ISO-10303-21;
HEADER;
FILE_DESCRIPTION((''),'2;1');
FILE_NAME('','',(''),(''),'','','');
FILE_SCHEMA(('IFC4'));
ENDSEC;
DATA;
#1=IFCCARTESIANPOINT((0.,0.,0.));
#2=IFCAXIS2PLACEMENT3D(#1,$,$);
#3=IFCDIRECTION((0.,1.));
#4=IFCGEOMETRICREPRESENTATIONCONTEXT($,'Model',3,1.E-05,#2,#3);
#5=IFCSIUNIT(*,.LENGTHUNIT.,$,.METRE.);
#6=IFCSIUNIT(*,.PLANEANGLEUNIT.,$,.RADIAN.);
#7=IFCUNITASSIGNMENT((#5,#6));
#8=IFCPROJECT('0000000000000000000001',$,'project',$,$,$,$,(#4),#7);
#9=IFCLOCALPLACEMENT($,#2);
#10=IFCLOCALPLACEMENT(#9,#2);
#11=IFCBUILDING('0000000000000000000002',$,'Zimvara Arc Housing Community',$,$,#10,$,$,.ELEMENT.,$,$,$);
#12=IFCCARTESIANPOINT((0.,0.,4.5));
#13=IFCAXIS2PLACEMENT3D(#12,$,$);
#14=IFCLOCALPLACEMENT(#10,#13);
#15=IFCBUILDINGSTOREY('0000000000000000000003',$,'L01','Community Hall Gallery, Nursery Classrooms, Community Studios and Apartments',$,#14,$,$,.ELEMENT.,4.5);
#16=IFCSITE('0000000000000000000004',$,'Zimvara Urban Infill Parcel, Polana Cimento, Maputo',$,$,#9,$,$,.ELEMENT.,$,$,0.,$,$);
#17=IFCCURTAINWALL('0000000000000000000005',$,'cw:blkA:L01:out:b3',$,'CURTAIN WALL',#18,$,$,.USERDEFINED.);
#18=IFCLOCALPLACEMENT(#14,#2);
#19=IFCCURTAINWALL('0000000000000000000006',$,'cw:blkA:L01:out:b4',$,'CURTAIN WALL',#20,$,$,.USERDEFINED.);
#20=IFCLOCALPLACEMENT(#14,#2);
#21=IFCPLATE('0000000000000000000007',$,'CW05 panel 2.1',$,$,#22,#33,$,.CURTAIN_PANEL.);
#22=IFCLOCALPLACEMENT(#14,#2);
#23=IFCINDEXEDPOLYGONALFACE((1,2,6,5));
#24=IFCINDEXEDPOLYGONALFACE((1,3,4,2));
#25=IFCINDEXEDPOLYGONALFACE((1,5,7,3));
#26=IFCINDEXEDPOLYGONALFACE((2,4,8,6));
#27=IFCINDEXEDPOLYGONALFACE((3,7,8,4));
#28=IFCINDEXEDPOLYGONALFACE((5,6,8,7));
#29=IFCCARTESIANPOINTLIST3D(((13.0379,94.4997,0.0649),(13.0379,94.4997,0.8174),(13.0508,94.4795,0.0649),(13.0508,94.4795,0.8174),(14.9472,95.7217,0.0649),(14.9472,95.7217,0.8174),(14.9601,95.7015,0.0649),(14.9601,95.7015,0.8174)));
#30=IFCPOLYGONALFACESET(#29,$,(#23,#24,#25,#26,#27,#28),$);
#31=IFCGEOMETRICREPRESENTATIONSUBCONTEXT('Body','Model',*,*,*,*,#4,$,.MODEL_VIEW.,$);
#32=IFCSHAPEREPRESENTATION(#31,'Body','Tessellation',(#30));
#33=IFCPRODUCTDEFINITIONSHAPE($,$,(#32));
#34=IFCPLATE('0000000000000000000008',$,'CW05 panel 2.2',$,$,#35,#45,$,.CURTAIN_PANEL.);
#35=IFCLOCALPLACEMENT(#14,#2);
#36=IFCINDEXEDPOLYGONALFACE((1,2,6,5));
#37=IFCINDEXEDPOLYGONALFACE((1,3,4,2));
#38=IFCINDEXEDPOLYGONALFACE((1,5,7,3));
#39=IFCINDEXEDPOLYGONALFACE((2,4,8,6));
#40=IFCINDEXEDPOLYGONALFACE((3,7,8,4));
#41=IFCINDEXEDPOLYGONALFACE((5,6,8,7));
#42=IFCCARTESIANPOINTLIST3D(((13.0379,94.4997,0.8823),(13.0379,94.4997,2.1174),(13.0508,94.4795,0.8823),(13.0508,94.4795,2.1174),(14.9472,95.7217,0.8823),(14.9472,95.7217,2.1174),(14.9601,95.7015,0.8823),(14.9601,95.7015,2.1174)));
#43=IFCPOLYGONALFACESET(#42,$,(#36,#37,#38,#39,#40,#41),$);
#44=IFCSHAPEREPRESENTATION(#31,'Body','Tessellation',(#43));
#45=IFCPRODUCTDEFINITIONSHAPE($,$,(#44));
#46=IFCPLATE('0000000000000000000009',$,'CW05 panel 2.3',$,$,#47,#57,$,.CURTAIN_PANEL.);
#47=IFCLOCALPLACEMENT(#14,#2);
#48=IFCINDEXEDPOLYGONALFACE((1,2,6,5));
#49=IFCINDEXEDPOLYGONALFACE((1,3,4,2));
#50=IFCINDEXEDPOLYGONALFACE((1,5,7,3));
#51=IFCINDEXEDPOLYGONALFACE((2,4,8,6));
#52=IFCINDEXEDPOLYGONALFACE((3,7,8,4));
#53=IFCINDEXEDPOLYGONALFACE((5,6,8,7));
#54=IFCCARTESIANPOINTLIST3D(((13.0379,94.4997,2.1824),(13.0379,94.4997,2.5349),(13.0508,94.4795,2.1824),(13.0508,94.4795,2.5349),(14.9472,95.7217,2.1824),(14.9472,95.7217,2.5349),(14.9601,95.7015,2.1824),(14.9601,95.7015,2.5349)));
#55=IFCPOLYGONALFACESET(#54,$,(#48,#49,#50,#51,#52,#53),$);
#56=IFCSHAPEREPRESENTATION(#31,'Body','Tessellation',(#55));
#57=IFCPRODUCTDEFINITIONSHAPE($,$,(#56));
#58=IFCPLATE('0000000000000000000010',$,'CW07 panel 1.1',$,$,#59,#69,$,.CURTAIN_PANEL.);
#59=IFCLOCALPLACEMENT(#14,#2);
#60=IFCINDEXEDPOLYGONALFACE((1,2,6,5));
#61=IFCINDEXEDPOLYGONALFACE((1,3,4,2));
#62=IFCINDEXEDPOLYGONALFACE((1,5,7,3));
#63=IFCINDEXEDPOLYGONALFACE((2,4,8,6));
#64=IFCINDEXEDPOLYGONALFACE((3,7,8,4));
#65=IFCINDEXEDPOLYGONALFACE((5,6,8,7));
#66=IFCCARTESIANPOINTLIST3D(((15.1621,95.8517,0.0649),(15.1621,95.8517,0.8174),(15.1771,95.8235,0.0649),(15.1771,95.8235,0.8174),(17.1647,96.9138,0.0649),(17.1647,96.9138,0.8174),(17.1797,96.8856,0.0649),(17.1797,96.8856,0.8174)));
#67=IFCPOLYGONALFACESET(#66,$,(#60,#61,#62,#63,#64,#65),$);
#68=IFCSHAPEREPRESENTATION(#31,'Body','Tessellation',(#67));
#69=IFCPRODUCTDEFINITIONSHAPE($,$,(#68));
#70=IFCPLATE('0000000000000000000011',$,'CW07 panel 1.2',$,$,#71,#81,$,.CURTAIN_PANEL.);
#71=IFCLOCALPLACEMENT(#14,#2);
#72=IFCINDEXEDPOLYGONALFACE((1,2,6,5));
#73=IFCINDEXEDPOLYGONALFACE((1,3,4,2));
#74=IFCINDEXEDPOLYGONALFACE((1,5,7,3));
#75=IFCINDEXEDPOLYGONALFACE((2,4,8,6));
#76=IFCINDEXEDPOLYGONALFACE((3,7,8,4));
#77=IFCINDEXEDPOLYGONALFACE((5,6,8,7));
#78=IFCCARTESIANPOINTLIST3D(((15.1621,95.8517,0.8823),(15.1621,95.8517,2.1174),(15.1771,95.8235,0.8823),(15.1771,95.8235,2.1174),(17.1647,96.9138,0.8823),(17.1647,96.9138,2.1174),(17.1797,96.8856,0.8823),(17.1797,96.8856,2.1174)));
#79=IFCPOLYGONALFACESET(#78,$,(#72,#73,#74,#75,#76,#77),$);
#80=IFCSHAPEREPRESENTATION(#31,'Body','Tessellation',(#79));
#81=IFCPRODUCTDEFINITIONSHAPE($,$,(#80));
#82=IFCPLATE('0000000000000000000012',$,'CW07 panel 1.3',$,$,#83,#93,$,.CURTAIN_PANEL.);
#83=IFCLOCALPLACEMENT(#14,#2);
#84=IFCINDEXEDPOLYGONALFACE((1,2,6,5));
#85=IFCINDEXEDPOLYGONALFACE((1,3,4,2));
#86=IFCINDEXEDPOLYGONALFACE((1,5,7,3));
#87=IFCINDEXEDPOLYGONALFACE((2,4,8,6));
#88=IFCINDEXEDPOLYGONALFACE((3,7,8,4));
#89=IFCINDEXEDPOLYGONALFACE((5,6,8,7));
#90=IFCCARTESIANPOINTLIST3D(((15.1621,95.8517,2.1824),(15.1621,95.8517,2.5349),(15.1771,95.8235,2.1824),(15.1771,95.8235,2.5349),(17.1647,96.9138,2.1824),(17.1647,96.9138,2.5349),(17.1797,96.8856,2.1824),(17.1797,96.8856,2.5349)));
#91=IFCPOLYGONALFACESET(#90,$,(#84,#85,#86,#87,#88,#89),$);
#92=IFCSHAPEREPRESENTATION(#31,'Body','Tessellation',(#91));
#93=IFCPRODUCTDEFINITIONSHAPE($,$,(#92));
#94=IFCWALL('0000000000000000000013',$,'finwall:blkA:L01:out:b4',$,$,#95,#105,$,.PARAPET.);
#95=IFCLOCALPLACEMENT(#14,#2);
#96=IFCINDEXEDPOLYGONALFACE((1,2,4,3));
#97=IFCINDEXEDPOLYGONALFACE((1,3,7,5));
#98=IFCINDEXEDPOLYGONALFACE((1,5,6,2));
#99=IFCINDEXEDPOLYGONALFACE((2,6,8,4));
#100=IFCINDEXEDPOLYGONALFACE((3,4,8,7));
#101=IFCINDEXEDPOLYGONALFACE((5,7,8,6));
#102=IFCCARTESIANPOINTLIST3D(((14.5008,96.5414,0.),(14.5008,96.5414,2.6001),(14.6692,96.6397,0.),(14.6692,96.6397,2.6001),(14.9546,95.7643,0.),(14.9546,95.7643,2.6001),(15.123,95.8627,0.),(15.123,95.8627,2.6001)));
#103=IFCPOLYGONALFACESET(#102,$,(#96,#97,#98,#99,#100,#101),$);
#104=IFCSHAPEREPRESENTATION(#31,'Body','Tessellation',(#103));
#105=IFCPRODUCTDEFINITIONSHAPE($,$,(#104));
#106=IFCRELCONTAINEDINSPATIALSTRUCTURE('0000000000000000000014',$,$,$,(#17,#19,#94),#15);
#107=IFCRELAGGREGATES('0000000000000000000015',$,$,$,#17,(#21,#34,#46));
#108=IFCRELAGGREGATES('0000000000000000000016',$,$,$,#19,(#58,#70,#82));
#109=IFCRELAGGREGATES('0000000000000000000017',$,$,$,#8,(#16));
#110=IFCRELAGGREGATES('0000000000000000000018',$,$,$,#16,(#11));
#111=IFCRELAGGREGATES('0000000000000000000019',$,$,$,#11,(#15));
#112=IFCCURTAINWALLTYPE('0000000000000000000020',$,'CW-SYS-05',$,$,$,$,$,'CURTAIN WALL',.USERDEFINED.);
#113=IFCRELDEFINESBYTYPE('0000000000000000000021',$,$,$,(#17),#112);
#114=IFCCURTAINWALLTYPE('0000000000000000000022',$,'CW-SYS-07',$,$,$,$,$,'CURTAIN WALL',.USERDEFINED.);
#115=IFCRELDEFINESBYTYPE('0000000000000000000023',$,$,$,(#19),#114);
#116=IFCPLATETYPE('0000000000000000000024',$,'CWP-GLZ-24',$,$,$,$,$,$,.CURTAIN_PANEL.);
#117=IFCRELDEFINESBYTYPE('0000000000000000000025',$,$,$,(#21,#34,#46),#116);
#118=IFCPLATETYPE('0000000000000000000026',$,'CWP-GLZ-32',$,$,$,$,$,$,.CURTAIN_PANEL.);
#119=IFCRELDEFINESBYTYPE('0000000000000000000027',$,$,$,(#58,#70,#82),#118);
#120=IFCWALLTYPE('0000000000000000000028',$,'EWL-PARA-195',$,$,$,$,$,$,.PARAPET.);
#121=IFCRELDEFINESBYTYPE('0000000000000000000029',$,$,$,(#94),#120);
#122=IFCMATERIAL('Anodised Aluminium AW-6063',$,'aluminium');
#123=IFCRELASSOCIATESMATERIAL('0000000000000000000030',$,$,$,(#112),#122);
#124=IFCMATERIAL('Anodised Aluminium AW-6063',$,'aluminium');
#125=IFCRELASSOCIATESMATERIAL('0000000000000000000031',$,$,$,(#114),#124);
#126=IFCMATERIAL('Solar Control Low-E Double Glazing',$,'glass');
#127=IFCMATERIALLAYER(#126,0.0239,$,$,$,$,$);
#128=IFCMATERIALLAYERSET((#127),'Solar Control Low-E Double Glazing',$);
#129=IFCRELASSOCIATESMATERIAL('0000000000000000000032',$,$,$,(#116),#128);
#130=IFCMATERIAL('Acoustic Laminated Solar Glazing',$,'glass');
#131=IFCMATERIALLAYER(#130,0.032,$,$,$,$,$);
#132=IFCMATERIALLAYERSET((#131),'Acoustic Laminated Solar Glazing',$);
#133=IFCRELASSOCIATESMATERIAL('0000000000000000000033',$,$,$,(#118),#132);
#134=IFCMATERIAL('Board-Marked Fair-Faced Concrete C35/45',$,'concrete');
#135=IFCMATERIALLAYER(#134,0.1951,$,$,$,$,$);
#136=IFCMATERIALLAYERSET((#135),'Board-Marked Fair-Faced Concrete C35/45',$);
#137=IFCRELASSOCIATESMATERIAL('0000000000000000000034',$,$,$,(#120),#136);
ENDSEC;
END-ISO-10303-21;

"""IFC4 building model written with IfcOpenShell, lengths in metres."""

from ifc_helpers import new_model, si_unit, direction, frame, frame_2d, origin, origin_2d, place, context, subcontext, project, spatial, rectangle, extrude, material, layer, layer_set, type_object, element, aggregate, save


model = new_model("IFC4")

# Units and contexts
model_context = context("Model", 3, precision=1e-05, world=origin(), true_north=direction((0.0, 1.0)))
body_context = subcontext(model_context, "Body", "Model", "MODEL_VIEW")
ifc_project = project(units=[si_unit("LENGTHUNIT", "METRE"), si_unit("PLANEANGLEUNIT", "RADIAN")], contexts=[model_context])

# Site, building, storey
site_placement = place(None, origin())
site = spatial("IfcSite", under=ifc_project, at=site_placement, Name="Zimvara Urban Infill Parcel, Polana Cimento, Maputo", CompositionType="ELEMENT", RefElevation=0.0)
building_placement = place(site_placement, origin())
building = spatial("IfcBuilding", under=site, at=building_placement, Name="Zimvara Arc Housing Community", CompositionType="ELEMENT")
storey_placement = place(building_placement, frame((0.0, 0.0, 4.5)))
storey = spatial("IfcBuildingStorey", under=building, at=storey_placement, Name="L01", Description="Community Hall Gallery, Nursery Classrooms, Community Studios and Apartments", CompositionType="ELEMENT", Elevation=4.5)

# Curtain wall
ifc_material_1 = material(Name="Anodised Aluminium AW-6063", Category="aluminium")
curtain_wall_type_1 = type_object("IfcCurtainWallType", Name="CW-SYS-05", ElementType="CURTAIN WALL", PredefinedType="USERDEFINED", material=ifc_material_1)
curtain_wall_1_placement = place(storey_placement, origin())
curtain_wall_1 = element("IfcCurtainWall", 1, at=curtain_wall_1_placement, inside=storey, type_object=curtain_wall_type_1, Name="cw:blkA:L01:out:b3", ObjectType="CURTAIN WALL", PredefinedType="USERDEFINED")

# Curtain wall
ifc_material_2 = material(Name="Anodised Aluminium AW-6063", Category="aluminium")
curtain_wall_type_2 = type_object("IfcCurtainWallType", Name="CW-SYS-07", ElementType="CURTAIN WALL", PredefinedType="USERDEFINED", material=ifc_material_2)
curtain_wall_2_placement = place(storey_placement, origin())
curtain_wall_2 = element("IfcCurtainWall", 2, at=curtain_wall_2_placement, inside=storey, type_object=curtain_wall_type_2, Name="cw:blkA:L01:out:b4", ObjectType="CURTAIN WALL", PredefinedType="USERDEFINED")

# Plates
ifc_material_3 = material(Name="Solar Control Low-E Double Glazing", Category="glass")
ifc_layer_1 = layer(ifc_material_3, 0.0239)
ifc_layer_set_1 = layer_set([ifc_layer_1], Name="Solar Control Low-E Double Glazing")
plate_type_1 = type_object("IfcPlateType", Name="CWP-GLZ-24", PredefinedType="CURTAIN_PANEL", material=ifc_layer_set_1)
plate_1_placement = place(storey_placement, frame((13.999, 95.1006, 0.0649), z_axis=(0.0, 0.0, 1.0), x_axis=(0.842264, 0.539065, 0.0)))
plate_1 = element("IfcPlate", 3, at=plate_1_placement, type_object=plate_type_1, Name="CW05 panel 2.1", PredefinedType="CURTAIN_PANEL", context=body_context, shape_type="SweptSolid", body=[
    extrude(rectangle(XDim=2.2668, YDim=0.0239, at=origin_2d()), origin(), (0.0, 0.0, 1.0), 0.7524),
])
plate_2_placement = place(storey_placement, frame((13.999, 95.1006, 0.8823), z_axis=(0.0, 0.0, 1.0), x_axis=(0.842264, 0.539065, 0.0)))
plate_2 = element("IfcPlate", 4, at=plate_2_placement, type_object=plate_type_1, Name="CW05 panel 2.2", PredefinedType="CURTAIN_PANEL", context=body_context, shape_type="SweptSolid", body=[
    extrude(rectangle(XDim=2.2668, YDim=0.0239, at=origin_2d()), origin(), (0.0, 0.0, 1.0), 1.2351),
])
plate_3_placement = place(storey_placement, frame((13.999, 95.1006, 2.1824), z_axis=(0.0, 0.0, 1.0), x_axis=(0.842264, 0.539065, 0.0)))
plate_3 = element("IfcPlate", 5, at=plate_3_placement, type_object=plate_type_1, Name="CW05 panel 2.3", PredefinedType="CURTAIN_PANEL", context=body_context, shape_type="SweptSolid", body=[
    extrude(rectangle(XDim=2.2668, YDim=0.0239, at=origin_2d()), origin(), (0.0, 0.0, 1.0), 0.3525),
])
aggregate(curtain_wall_1, [plate_1, plate_2, plate_3])
ifc_material_4 = material(Name="Acoustic Laminated Solar Glazing", Category="glass")
ifc_layer_2 = layer(ifc_material_4, 0.032)
ifc_layer_set_2 = layer_set([ifc_layer_2], Name="Acoustic Laminated Solar Glazing")
plate_type_2 = type_object("IfcPlateType", Name="CWP-GLZ-32", PredefinedType="CURTAIN_PANEL", material=ifc_layer_set_2)
plate_4_placement = place(storey_placement, frame((16.1709, 96.3687, 0.0649), z_axis=(0.0, 0.0, 1.0), x_axis=(0.883439, 0.468547, 0.0)))
plate_4 = element("IfcPlate", 6, at=plate_4_placement, type_object=plate_type_2, Name="CW07 panel 1.1", PredefinedType="CURTAIN_PANEL", context=body_context, shape_type="SweptSolid", body=[
    extrude(rectangle(XDim=2.2668, YDim=0.032, at=origin_2d()), origin(), (0.0, 0.0, 1.0), 0.7524),
])
plate_5_placement = place(storey_placement, frame((16.1709, 96.3687, 0.8823), z_axis=(0.0, 0.0, 1.0), x_axis=(0.883439, 0.468547, 0.0)))
plate_5 = element("IfcPlate", 7, at=plate_5_placement, type_object=plate_type_2, Name="CW07 panel 1.2", PredefinedType="CURTAIN_PANEL", context=body_context, shape_type="SweptSolid", body=[
    extrude(rectangle(XDim=2.2668, YDim=0.032, at=origin_2d()), origin(), (0.0, 0.0, 1.0), 1.2351),
])
plate_6_placement = place(storey_placement, frame((16.1709, 96.3687, 2.1824), z_axis=(0.0, 0.0, 1.0), x_axis=(0.883439, 0.468547, 0.0)))
plate_6 = element("IfcPlate", 8, at=plate_6_placement, type_object=plate_type_2, Name="CW07 panel 1.3", PredefinedType="CURTAIN_PANEL", context=body_context, shape_type="SweptSolid", body=[
    extrude(rectangle(XDim=2.2668, YDim=0.032, at=origin_2d()), origin(), (0.0, 0.0, 1.0), 0.3525),
])
aggregate(curtain_wall_2, [plate_4, plate_5, plate_6])

# Wall
ifc_material_5 = material(Name="Board-Marked Fair-Faced Concrete C35/45", Category="concrete")
ifc_layer_3 = layer(ifc_material_5, 0.1951)
ifc_layer_set_3 = layer_set([ifc_layer_3], Name="Board-Marked Fair-Faced Concrete C35/45")
wall_type = type_object("IfcWallType", Name="EWL-PARA-195", PredefinedType="PARAPET", material=ifc_layer_set_3)
wall_placement = place(storey_placement, frame((15.0388, 95.8135, 0.0), z_axis=(0.0, 0.0, 1.0), x_axis=(-0.504326, 0.863513, 0.0)))
element("IfcWall", 9, at=wall_placement, inside=storey, type_object=wall_type, Name="finwall:blkA:L01:out:b4", PredefinedType="PARAPET", context=body_context, shape_type="SweptSolid", body=[
    extrude(rectangle(XDim=0.8999, YDim=0.1951, at=frame_2d((0.45, 0.0))), origin(), (0.0, 0.0, 1.0), 2.6001),
])

save(model, "model.ifc")
